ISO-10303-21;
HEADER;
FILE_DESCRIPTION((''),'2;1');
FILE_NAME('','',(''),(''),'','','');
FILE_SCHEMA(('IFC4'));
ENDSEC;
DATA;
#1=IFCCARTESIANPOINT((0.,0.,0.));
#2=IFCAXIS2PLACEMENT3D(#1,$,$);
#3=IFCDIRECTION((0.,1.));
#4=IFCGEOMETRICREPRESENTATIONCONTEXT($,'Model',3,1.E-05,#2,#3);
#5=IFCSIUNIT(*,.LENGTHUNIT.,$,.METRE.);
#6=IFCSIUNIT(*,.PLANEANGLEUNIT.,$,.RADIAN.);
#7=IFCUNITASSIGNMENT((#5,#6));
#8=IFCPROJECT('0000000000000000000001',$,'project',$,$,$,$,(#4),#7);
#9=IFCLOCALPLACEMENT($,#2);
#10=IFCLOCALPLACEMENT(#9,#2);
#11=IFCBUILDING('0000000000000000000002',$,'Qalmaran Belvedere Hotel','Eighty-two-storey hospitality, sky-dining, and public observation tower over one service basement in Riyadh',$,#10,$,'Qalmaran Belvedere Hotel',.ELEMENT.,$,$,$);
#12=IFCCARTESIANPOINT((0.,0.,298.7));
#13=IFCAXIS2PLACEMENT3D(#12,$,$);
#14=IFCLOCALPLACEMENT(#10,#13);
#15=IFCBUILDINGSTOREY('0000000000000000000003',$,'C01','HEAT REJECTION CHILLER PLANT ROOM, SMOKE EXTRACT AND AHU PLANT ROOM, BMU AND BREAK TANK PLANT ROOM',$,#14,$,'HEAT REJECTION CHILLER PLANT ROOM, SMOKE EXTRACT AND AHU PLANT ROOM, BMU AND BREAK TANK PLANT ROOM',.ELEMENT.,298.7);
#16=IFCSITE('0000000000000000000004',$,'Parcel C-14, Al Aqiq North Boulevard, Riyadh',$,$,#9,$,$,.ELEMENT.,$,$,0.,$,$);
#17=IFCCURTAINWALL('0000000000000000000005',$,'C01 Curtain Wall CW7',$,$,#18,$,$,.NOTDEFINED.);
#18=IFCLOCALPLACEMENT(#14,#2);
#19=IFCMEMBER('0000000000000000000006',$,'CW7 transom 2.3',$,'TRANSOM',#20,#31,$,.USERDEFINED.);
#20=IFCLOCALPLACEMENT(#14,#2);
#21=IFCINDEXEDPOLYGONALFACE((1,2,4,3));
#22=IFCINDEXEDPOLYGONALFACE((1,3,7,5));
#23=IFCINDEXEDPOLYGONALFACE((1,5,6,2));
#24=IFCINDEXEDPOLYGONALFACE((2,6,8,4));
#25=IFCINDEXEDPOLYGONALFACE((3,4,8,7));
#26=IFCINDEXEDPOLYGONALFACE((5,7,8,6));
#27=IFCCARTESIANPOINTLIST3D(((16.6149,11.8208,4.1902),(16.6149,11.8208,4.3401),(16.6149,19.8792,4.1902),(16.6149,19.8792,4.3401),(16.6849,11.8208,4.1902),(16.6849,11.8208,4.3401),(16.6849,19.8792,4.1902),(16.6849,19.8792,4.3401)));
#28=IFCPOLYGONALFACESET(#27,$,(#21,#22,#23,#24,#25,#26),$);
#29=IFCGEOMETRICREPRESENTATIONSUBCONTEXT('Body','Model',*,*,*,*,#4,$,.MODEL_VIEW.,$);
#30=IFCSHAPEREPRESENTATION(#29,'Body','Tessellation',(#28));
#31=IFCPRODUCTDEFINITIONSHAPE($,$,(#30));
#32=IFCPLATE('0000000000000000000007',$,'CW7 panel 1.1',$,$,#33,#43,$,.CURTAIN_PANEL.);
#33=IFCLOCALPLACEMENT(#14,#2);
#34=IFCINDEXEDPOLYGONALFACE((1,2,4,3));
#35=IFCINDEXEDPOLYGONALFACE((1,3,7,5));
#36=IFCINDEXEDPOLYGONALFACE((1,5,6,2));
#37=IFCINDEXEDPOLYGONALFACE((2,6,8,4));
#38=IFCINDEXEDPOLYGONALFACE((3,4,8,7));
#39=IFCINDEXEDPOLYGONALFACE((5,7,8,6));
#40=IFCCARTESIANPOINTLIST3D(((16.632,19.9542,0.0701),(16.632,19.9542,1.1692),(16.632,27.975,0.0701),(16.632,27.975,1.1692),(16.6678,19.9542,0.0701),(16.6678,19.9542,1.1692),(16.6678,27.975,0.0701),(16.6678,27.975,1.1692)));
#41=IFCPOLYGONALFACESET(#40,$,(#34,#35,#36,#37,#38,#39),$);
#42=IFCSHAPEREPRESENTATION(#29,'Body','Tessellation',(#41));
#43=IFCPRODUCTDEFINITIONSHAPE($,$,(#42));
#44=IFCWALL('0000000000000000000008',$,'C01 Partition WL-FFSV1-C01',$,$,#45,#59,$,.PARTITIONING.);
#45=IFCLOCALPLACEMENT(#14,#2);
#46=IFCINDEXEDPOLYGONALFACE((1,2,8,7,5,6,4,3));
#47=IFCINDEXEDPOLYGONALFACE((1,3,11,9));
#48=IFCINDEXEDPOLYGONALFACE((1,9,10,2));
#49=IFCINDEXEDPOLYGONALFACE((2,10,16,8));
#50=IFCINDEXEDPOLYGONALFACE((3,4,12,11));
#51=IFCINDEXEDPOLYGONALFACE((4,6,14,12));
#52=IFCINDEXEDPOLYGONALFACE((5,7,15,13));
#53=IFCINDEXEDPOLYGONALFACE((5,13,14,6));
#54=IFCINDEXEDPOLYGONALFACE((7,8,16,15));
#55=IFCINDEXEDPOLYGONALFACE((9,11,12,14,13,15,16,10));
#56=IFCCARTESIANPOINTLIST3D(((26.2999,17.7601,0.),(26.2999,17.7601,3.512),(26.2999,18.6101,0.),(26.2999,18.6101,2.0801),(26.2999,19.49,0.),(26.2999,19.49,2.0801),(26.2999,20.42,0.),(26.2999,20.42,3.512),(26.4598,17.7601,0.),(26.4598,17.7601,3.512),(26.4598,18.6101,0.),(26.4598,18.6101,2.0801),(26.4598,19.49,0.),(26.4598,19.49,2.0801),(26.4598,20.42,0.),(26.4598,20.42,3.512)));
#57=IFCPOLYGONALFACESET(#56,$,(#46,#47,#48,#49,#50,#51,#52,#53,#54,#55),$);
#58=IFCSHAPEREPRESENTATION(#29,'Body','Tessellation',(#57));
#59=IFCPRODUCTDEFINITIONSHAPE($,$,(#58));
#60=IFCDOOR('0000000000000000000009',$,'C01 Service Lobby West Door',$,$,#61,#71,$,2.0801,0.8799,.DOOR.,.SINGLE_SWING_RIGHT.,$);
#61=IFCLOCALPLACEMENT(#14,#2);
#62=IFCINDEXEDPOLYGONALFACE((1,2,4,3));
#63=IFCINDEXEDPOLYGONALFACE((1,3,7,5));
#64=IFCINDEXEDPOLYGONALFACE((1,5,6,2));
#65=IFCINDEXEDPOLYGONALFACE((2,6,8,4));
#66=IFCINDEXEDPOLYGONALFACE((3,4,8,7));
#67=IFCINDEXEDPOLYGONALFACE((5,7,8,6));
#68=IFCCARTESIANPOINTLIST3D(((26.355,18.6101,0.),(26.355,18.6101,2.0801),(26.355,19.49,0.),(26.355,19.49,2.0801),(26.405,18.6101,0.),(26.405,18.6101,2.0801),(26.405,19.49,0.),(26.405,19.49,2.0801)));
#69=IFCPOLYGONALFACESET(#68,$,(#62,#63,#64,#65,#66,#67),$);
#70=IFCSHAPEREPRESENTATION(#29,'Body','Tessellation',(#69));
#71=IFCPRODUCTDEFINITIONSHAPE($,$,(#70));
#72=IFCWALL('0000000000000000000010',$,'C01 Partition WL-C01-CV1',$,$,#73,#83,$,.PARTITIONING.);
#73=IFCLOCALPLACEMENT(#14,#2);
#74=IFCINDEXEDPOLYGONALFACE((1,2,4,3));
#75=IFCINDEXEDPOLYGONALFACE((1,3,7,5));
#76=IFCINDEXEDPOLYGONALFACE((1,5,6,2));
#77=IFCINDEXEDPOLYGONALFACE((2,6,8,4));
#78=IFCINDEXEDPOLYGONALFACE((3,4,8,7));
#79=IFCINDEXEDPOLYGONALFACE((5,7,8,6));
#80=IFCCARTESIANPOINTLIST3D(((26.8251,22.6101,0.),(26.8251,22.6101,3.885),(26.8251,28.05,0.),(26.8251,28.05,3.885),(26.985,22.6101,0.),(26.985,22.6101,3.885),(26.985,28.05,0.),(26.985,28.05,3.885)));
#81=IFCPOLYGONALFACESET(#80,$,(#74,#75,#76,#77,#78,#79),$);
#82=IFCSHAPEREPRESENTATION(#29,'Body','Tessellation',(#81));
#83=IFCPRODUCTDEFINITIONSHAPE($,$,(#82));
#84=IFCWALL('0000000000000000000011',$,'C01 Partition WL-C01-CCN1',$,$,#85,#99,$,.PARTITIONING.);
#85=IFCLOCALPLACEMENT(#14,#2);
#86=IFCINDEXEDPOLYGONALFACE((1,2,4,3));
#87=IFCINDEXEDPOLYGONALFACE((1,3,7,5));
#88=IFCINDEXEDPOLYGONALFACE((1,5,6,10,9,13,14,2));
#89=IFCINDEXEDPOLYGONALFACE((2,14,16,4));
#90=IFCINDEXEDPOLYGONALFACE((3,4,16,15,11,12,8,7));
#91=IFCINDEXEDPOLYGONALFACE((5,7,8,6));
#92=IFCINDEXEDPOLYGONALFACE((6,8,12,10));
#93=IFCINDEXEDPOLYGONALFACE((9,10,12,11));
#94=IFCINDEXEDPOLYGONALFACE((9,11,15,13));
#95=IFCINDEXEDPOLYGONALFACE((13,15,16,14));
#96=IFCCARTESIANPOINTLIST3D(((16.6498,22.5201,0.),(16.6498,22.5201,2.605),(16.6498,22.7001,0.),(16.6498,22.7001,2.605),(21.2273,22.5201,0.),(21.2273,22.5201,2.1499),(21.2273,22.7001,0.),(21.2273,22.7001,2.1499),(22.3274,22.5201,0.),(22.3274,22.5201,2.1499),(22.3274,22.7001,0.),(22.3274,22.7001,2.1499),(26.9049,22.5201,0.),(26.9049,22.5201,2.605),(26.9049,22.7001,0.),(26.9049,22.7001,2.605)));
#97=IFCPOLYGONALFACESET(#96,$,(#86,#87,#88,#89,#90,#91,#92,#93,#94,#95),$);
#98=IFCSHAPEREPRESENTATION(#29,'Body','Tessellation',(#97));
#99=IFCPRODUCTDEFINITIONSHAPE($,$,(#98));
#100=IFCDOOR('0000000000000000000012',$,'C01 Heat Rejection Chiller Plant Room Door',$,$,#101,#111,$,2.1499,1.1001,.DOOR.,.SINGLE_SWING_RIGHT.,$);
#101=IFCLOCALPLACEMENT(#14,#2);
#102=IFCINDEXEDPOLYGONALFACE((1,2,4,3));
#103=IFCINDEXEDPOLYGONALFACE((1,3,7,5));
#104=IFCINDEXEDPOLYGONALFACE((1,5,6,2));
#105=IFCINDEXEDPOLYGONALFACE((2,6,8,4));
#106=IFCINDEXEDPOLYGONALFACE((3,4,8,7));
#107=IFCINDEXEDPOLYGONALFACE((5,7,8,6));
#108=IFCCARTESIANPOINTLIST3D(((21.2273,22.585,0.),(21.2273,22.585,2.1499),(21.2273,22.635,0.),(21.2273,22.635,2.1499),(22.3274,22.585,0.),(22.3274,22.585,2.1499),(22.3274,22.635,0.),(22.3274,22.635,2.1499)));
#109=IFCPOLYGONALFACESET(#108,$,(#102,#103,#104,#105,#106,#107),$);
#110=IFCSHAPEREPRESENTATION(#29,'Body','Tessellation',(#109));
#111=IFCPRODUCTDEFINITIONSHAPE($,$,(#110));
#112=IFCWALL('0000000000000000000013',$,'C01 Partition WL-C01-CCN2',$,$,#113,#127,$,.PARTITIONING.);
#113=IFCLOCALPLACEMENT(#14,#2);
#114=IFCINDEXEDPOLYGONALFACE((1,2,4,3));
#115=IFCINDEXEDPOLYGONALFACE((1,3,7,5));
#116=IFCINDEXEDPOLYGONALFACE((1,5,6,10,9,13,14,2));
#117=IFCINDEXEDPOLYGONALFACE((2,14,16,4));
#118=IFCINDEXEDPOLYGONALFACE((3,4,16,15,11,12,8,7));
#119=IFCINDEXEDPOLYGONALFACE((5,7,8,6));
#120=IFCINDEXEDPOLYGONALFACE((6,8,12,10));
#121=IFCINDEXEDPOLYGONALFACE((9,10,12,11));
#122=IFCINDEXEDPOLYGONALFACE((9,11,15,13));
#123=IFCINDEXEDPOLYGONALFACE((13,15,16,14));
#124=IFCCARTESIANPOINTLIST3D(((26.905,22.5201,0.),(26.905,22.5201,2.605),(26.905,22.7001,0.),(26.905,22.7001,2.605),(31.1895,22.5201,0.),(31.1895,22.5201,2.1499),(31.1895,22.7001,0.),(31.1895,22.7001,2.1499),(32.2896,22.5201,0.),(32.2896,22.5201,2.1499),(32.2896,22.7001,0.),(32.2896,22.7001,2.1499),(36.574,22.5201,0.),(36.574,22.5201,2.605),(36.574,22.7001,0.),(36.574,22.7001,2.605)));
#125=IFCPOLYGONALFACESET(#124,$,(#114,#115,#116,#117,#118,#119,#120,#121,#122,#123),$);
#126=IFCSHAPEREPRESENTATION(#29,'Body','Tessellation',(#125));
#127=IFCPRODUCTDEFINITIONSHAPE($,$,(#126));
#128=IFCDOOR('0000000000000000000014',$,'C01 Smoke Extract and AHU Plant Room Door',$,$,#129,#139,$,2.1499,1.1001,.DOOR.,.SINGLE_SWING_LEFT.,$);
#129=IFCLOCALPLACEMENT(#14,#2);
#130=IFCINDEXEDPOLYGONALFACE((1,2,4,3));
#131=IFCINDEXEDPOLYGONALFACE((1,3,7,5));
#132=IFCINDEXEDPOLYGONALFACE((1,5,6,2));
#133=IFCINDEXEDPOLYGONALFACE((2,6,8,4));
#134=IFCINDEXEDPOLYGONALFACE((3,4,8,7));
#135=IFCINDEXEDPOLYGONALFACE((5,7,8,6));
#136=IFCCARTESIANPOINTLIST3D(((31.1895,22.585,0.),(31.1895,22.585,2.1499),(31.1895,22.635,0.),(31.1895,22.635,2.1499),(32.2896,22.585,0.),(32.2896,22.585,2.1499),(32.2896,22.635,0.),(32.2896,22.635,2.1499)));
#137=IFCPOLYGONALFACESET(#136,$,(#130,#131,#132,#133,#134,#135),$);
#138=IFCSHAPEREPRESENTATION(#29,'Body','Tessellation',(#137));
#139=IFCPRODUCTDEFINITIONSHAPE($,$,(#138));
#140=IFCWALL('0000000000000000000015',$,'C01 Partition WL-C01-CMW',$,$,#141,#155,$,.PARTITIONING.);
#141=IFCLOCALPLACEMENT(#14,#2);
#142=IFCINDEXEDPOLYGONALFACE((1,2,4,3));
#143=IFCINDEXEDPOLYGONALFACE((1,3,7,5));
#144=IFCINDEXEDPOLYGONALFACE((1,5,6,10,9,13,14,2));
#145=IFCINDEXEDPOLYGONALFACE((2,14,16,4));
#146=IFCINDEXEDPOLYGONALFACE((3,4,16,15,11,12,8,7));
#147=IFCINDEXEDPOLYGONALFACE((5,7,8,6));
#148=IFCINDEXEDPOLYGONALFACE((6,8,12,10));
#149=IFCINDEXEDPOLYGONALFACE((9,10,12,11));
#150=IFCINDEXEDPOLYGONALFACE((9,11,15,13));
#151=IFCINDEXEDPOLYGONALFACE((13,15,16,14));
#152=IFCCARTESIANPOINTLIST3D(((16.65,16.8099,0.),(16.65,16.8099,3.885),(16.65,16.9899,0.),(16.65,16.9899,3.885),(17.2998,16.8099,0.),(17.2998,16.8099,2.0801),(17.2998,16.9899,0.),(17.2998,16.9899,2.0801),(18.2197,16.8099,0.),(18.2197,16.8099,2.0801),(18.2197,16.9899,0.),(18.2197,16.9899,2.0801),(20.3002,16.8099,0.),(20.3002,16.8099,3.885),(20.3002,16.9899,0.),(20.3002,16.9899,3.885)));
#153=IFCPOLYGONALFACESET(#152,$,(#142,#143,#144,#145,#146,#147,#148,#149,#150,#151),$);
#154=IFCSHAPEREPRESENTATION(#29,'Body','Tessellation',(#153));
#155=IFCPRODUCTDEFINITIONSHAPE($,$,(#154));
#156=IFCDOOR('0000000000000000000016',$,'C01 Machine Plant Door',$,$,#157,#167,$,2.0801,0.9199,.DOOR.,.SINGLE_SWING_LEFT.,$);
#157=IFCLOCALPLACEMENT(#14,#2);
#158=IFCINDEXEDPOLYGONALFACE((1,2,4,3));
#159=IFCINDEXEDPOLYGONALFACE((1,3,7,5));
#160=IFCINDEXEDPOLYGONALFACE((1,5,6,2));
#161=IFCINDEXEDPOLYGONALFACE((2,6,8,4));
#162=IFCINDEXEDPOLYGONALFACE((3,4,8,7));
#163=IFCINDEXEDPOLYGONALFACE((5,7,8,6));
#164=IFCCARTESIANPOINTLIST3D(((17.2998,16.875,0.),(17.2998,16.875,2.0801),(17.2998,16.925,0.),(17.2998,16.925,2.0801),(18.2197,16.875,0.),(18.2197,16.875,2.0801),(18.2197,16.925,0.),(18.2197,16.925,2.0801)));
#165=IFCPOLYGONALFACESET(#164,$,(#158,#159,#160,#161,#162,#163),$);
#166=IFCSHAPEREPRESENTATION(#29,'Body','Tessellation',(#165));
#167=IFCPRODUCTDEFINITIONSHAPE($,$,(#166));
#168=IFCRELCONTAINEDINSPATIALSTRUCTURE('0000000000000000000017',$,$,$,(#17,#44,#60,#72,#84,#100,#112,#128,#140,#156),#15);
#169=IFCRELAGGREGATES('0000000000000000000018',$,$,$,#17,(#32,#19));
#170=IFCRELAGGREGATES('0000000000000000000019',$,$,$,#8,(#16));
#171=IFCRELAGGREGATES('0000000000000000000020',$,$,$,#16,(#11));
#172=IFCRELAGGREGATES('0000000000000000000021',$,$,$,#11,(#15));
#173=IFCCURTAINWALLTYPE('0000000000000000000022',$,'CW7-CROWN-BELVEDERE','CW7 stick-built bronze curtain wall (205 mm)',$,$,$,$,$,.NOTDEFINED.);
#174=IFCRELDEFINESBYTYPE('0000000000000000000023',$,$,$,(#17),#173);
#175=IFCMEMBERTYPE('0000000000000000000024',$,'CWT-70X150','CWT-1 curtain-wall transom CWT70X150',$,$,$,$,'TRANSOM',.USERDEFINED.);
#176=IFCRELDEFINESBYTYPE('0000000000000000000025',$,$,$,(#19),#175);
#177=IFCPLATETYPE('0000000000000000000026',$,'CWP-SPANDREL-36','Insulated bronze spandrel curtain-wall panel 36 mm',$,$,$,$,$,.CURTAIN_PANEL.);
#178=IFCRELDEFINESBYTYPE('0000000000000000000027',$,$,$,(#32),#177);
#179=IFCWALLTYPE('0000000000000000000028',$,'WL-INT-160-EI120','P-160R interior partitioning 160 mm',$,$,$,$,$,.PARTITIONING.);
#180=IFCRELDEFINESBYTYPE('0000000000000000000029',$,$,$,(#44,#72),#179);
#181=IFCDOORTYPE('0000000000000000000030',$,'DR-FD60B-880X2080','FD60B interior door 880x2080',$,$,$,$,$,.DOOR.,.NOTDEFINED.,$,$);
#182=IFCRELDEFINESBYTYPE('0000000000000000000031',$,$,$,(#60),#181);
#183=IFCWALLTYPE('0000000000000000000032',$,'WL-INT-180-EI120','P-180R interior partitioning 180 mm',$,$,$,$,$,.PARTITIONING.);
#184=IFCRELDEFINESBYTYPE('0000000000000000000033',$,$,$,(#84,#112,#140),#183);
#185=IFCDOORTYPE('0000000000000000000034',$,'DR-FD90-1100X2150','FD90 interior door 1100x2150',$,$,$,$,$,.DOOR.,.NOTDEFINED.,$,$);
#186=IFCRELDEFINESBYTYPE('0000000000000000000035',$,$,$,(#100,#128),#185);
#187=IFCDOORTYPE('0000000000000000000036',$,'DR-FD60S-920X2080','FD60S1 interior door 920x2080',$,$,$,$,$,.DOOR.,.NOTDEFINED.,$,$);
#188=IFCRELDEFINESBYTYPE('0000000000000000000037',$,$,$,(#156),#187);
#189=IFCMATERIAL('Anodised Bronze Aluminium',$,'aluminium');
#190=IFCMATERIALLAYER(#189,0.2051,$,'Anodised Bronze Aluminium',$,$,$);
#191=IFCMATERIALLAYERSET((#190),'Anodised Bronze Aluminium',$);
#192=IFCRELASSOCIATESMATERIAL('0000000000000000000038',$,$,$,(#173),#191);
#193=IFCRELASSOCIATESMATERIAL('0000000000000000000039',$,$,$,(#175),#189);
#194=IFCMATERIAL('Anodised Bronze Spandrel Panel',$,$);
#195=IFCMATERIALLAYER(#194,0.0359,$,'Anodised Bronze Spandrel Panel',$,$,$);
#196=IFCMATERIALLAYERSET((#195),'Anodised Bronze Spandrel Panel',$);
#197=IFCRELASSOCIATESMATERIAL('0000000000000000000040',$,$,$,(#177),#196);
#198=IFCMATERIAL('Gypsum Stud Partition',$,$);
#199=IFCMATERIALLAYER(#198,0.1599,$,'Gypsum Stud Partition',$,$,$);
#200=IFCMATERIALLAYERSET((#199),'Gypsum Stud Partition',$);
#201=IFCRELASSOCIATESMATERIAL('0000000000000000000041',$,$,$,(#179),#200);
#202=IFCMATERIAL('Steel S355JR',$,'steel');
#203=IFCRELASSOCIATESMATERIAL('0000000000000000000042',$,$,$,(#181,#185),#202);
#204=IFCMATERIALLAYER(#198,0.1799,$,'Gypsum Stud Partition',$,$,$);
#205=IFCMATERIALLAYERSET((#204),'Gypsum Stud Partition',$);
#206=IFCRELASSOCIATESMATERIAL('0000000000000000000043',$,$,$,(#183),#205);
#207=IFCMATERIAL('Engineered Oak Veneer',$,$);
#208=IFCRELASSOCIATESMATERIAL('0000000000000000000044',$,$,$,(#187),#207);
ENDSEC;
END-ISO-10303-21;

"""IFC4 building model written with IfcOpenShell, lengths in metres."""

from ifc_helpers import new_model, si_unit, direction, frame, frame_2d, origin, origin_2d, place, context, subcontext, project, spatial, rectangle, extrude, material, layer, layer_set, material_profile, profile_set, type_object, element, fill, aggregate, save


model = new_model("IFC4")

# Units and contexts
model_context = context("Model", 3, precision=1e-05, world=origin(), true_north=direction((0.0, 1.0)))
body_context = subcontext(model_context, "Body", "Model", "MODEL_VIEW")
ifc_project = project(units=[si_unit("LENGTHUNIT", "METRE"), si_unit("PLANEANGLEUNIT", "RADIAN")], contexts=[model_context])

# Site, building, storey
site_placement = place(None, origin())
site = spatial("IfcSite", under=ifc_project, at=site_placement, Name="Parcel C-14, Al Aqiq North Boulevard, Riyadh", CompositionType="ELEMENT", RefElevation=0.0)
building_placement = place(site_placement, origin())
building = spatial("IfcBuilding", under=site, at=building_placement, Name="Qalmaran Belvedere Hotel", Description="Eighty-two-storey hospitality, sky-dining, and public observation tower over one service basement in Riyadh", LongName="Qalmaran Belvedere Hotel", CompositionType="ELEMENT")
storey_placement = place(building_placement, frame((0.0, 0.0, 298.7)))
storey = spatial("IfcBuildingStorey", under=building, at=storey_placement, Name="C01", Description="HEAT REJECTION CHILLER PLANT ROOM, SMOKE EXTRACT AND AHU PLANT ROOM, BMU AND BREAK TANK PLANT ROOM", LongName="HEAT REJECTION CHILLER PLANT ROOM, SMOKE EXTRACT AND AHU PLANT ROOM, BMU AND BREAK TANK PLANT ROOM", CompositionType="ELEMENT", Elevation=298.7)

# Shared definitions
ifc_material_1 = material(Name="Steel S355JR", Category="steel")

# Curtain wall, member, plate
ifc_material_2 = material(Name="Anodised Bronze Aluminium", Category="aluminium")
ifc_layer_1 = layer(ifc_material_2, 0.2051, Name="Anodised Bronze Aluminium")
ifc_layer_set_1 = layer_set([ifc_layer_1], Name="Anodised Bronze Aluminium")
curtain_wall_type = type_object("IfcCurtainWallType", Name="CW7-CROWN-BELVEDERE", Description="CW7 stick-built bronze curtain wall (205 mm)", PredefinedType="NOTDEFINED", material=ifc_layer_set_1)
curtain_wall_placement = place(storey_placement, origin())
curtain_wall = element("IfcCurtainWall", 1, at=curtain_wall_placement, inside=storey, type_object=curtain_wall_type, Name="C01 Curtain Wall CW7", PredefinedType="NOTDEFINED")
ifc_material_profile_1 = material_profile(ifc_material_2, rectangle(XDim=0.0701, YDim=0.1499, at=origin_2d()), Name="CWT70X150")
ifc_profile_set_1 = profile_set([ifc_material_profile_1], Name="Anodised Bronze Aluminium")
member_type_1 = type_object("IfcMemberType", Name="CWT-70X150", Description="CWT-1 curtain-wall transom CWT70X150", ElementType="TRANSOM", PredefinedType="USERDEFINED", material=ifc_profile_set_1)
member_1_placement = place(storey_placement, frame((16.6499, 19.8792, 4.2651), z_axis=(0.0, -1.0, 0.0), x_axis=(1.0, 0.0, 0.0)))
member_1 = element("IfcMember", 2, at=member_1_placement, type_object=member_type_1, Name="CW7 transom 2.3", ObjectType="TRANSOM", PredefinedType="USERDEFINED", context=body_context, shape_type="SweptSolid", body=[
    extrude(rectangle(XDim=0.0701, YDim=0.1499, at=origin_2d()), origin(), (0.0, 0.0, 1.0), 8.0583),
])
ifc_material_3 = material(Name="Anodised Bronze Spandrel Panel")
ifc_layer_2 = layer(ifc_material_3, 0.0359, Name="Anodised Bronze Spandrel Panel")
ifc_layer_set_2 = layer_set([ifc_layer_2], Name="Anodised Bronze Spandrel Panel")
plate_type = type_object("IfcPlateType", Name="CWP-SPANDREL-36", Description="Insulated bronze spandrel curtain-wall panel 36 mm", PredefinedType="CURTAIN_PANEL", material=ifc_layer_set_2)
plate_placement = place(storey_placement, frame((16.6499, 23.9646, 0.0701), z_axis=(0.0, 0.0, 1.0), x_axis=(0.0, -1.0, 0.0)))
plate = element("IfcPlate", 3, at=plate_placement, type_object=plate_type, Name="CW7 panel 1.1", PredefinedType="CURTAIN_PANEL", context=body_context, shape_type="SweptSolid", body=[
    extrude(rectangle(XDim=8.0208, YDim=0.0359, at=origin_2d()), origin(), (0.0, 0.0, 1.0), 1.0991),
])
aggregate(curtain_wall, [plate, member_1])

# Wall, opening, door
ifc_material_4 = material(Name="Gypsum Stud Partition")
ifc_layer_3 = layer(ifc_material_4, 0.1599, Name="Gypsum Stud Partition")
ifc_layer_set_3 = layer_set([ifc_layer_3], Name="Gypsum Stud Partition")
wall_type_1 = type_object("IfcWallType", Name="WL-INT-160-EI120", Description="P-160R interior partitioning 160 mm", PredefinedType="PARTITIONING", material=ifc_layer_set_3)
wall_1_placement = place(storey_placement, frame((26.3799, 17.76, 0.0), z_axis=(0.0, 0.0, 1.0), x_axis=(0.0, 1.0, 0.0)))
wall_1 = element("IfcWall", 4, at=wall_1_placement, inside=storey, type_object=wall_type_1, Name="C01 Partition WL-FFSV1-C01", PredefinedType="PARTITIONING", context=body_context, shape_type="SweptSolid", body=[
    extrude(rectangle(XDim=2.6599, YDim=0.1599, at=frame_2d((1.3301, 0.0))), origin(), (0.0, 0.0, 1.0), 3.512),
])
opening_1_placement = place(wall_1_placement, frame((0.8501, 0.0, 0.0)))
opening_1 = element("IfcOpeningElement", 5, at=opening_1_placement, cuts=wall_1, PredefinedType="OPENING", context=body_context, shape_type="SweptSolid", body=[
    extrude(rectangle(XDim=0.8799, YDim=2.0801, at=frame_2d((0.4399, 1.04))), frame((0.0, 0.0898, 0.0), z_axis=(0.0, -1.0, 0.0), x_axis=(1.0, 0.0, 0.0)), (0.0, 0.0, 1.0), 0.1799),
])
door_type_1 = type_object("IfcDoorType", Name="DR-FD60B-880X2080", Description="FD60B interior door 880x2080", OperationType="NOTDEFINED", PredefinedType="DOOR", material=ifc_material_1)
door_1_placement = place(opening_1_placement, origin())
door_1 = element("IfcDoor", 6, at=door_1_placement, inside=storey, type_object=door_type_1, Name="C01 Service Lobby West Door", OperationType="SINGLE_SWING_RIGHT", OverallHeight=2.0801, OverallWidth=0.8799, PredefinedType="DOOR", context=body_context, shape_type="SweptSolid", body=[
    extrude(rectangle(XDim=0.8799, YDim=2.0801, at=frame_2d((0.4399, 1.04))), frame((0.0, 0.0249, 0.0), z_axis=(0.0, -1.0, 0.0), x_axis=(1.0, 0.0, 0.0)), (0.0, 0.0, 1.0), 0.05),
])
fill(opening_1, door_1)

# Wall
wall_2_placement = place(storey_placement, frame((26.905, 22.6101, 0.0), z_axis=(0.0, 0.0, 1.0), x_axis=(0.0, 1.0, 0.0)))
element("IfcWall", 7, at=wall_2_placement, inside=storey, type_object=wall_type_1, Name="C01 Partition WL-C01-CV1", PredefinedType="PARTITIONING", context=body_context, shape_type="SweptSolid", body=[
    extrude(rectangle(XDim=5.4399, YDim=0.1599, at=frame_2d((2.72, 0.0))), origin(), (0.0, 0.0, 1.0), 3.885),
])

# Walls, openings, doors
ifc_layer_4 = layer(ifc_material_4, 0.1799, Name="Gypsum Stud Partition")
ifc_layer_set_4 = layer_set([ifc_layer_4], Name="Gypsum Stud Partition")
wall_type_2 = type_object("IfcWallType", Name="WL-INT-180-EI120", Description="P-180R interior partitioning 180 mm", PredefinedType="PARTITIONING", material=ifc_layer_set_4)
wall_3_placement = place(storey_placement, frame((16.6499, 22.6101, 0.0), z_axis=(0.0, 0.0, 1.0), x_axis=(1.0, 0.0, 0.0)))
wall_3 = element("IfcWall", 8, at=wall_3_placement, inside=storey, type_object=wall_type_2, Name="C01 Partition WL-C01-CCN1", PredefinedType="PARTITIONING", context=body_context, shape_type="SweptSolid", body=[
    extrude(rectangle(XDim=10.2551, YDim=0.1799, at=frame_2d((5.1274, 0.0))), origin(), (0.0, 0.0, 1.0), 2.605),
])
opening_2_placement = place(wall_3_placement, frame((4.5774, 0.0, 0.0)))
opening_2 = element("IfcOpeningElement", 9, at=opening_2_placement, cuts=wall_3, PredefinedType="OPENING", context=body_context, shape_type="SweptSolid", body=[
    extrude(rectangle(XDim=1.1001, YDim=2.1499, at=frame_2d((0.55, 1.075))), frame((0.0, 0.1001, 0.0), z_axis=(0.0, -1.0, 0.0), x_axis=(1.0, 0.0, 0.0)), (0.0, 0.0, 1.0), 0.2),
])
door_type_2 = type_object("IfcDoorType", Name="DR-FD90-1100X2150", Description="FD90 interior door 1100x2150", OperationType="NOTDEFINED", PredefinedType="DOOR", material=ifc_material_1)
door_2_placement = place(opening_2_placement, origin())
door_2 = element("IfcDoor", 10, at=door_2_placement, inside=storey, type_object=door_type_2, Name="C01 Heat Rejection Chiller Plant Room Door", OperationType="SINGLE_SWING_RIGHT", OverallHeight=2.1499, OverallWidth=1.1001, PredefinedType="DOOR", context=body_context, shape_type="SweptSolid", body=[
    extrude(rectangle(XDim=1.1001, YDim=2.1499, at=frame_2d((0.55, 1.075))), frame((0.0, 0.0249, 0.0), z_axis=(0.0, -1.0, 0.0), x_axis=(1.0, 0.0, 0.0)), (0.0, 0.0, 1.0), 0.05),
])
fill(opening_2, door_2)
wall_4_placement = place(storey_placement, frame((26.905, 22.6101, 0.0), z_axis=(0.0, 0.0, 1.0), x_axis=(1.0, 0.0, 0.0)))
wall_4 = element("IfcWall", 11, at=wall_4_placement, inside=storey, type_object=wall_type_2, Name="C01 Partition WL-C01-CCN2", PredefinedType="PARTITIONING", context=body_context, shape_type="SweptSolid", body=[
    extrude(rectangle(XDim=9.6689, YDim=0.1799, at=frame_2d((4.8345, 0.0))), origin(), (0.0, 0.0, 1.0), 2.605),
])
opening_3_placement = place(wall_4_placement, frame((4.2844, 0.0, 0.0)))
opening_3 = element("IfcOpeningElement", 12, at=opening_3_placement, cuts=wall_4, PredefinedType="OPENING", context=body_context, shape_type="SweptSolid", body=[
    extrude(rectangle(XDim=1.1001, YDim=2.1499, at=frame_2d((0.55, 1.075))), frame((0.0, 0.1001, 0.0), z_axis=(0.0, -1.0, 0.0), x_axis=(1.0, 0.0, 0.0)), (0.0, 0.0, 1.0), 0.2),
])
door_3_placement = place(opening_3_placement, origin())
door_3 = element("IfcDoor", 13, at=door_3_placement, inside=storey, type_object=door_type_2, Name="C01 Smoke Extract and AHU Plant Room Door", OperationType="SINGLE_SWING_LEFT", OverallHeight=2.1499, OverallWidth=1.1001, PredefinedType="DOOR", context=body_context, shape_type="SweptSolid", body=[
    extrude(rectangle(XDim=1.1001, YDim=2.1499, at=frame_2d((0.55, 1.075))), frame((0.0, 0.0249, 0.0), z_axis=(0.0, -1.0, 0.0), x_axis=(1.0, 0.0, 0.0)), (0.0, 0.0, 1.0), 0.05),
])
fill(opening_3, door_3)
wall_5_placement = place(storey_placement, frame((16.6499, 16.8999, 0.0), z_axis=(0.0, 0.0, 1.0), x_axis=(1.0, 0.0, 0.0)))
wall_5 = element("IfcWall", 14, at=wall_5_placement, inside=storey, type_object=wall_type_2, Name="C01 Partition WL-C01-CMW", PredefinedType="PARTITIONING", context=body_context, shape_type="SweptSolid", body=[
    extrude(rectangle(XDim=3.6501, YDim=0.1799, at=frame_2d((1.8252, 0.0))), origin(), (0.0, 0.0, 1.0), 3.885),
])
opening_4_placement = place(wall_5_placement, frame((1.5698, 0.0, 0.0), z_axis=(0.0, 0.0, 1.0), x_axis=(-1.0, 0.0, 0.0)))
opening_4 = element("IfcOpeningElement", 15, at=opening_4_placement, cuts=wall_5, PredefinedType="OPENING", context=body_context, shape_type="SweptSolid", body=[
    extrude(rectangle(XDim=0.9199, YDim=2.0801, at=frame_2d((0.46, 1.04))), frame((0.0, 0.1001, 0.0), z_axis=(0.0, -1.0, 0.0), x_axis=(1.0, 0.0, 0.0)), (0.0, 0.0, 1.0), 0.2),
])
ifc_material_5 = material(Name="Engineered Oak Veneer")
door_type_3 = type_object("IfcDoorType", Name="DR-FD60S-920X2080", Description="FD60S1 interior door 920x2080", OperationType="NOTDEFINED", PredefinedType="DOOR", material=ifc_material_5)
door_4_placement = place(opening_4_placement, origin())
door_4 = element("IfcDoor", 16, at=door_4_placement, inside=storey, type_object=door_type_3, Name="C01 Machine Plant Door", OperationType="SINGLE_SWING_LEFT", OverallHeight=2.0801, OverallWidth=0.9199, PredefinedType="DOOR", context=body_context, shape_type="SweptSolid", body=[
    extrude(rectangle(XDim=0.9199, YDim=2.0801, at=frame_2d((0.46, 1.04))), frame((0.0, 0.0249, 0.0), z_axis=(0.0, -1.0, 0.0), x_axis=(1.0, 0.0, 0.0)), (0.0, 0.0, 1.0), 0.05),
])
fill(opening_4, door_4)

save(model, "model.ifc")
